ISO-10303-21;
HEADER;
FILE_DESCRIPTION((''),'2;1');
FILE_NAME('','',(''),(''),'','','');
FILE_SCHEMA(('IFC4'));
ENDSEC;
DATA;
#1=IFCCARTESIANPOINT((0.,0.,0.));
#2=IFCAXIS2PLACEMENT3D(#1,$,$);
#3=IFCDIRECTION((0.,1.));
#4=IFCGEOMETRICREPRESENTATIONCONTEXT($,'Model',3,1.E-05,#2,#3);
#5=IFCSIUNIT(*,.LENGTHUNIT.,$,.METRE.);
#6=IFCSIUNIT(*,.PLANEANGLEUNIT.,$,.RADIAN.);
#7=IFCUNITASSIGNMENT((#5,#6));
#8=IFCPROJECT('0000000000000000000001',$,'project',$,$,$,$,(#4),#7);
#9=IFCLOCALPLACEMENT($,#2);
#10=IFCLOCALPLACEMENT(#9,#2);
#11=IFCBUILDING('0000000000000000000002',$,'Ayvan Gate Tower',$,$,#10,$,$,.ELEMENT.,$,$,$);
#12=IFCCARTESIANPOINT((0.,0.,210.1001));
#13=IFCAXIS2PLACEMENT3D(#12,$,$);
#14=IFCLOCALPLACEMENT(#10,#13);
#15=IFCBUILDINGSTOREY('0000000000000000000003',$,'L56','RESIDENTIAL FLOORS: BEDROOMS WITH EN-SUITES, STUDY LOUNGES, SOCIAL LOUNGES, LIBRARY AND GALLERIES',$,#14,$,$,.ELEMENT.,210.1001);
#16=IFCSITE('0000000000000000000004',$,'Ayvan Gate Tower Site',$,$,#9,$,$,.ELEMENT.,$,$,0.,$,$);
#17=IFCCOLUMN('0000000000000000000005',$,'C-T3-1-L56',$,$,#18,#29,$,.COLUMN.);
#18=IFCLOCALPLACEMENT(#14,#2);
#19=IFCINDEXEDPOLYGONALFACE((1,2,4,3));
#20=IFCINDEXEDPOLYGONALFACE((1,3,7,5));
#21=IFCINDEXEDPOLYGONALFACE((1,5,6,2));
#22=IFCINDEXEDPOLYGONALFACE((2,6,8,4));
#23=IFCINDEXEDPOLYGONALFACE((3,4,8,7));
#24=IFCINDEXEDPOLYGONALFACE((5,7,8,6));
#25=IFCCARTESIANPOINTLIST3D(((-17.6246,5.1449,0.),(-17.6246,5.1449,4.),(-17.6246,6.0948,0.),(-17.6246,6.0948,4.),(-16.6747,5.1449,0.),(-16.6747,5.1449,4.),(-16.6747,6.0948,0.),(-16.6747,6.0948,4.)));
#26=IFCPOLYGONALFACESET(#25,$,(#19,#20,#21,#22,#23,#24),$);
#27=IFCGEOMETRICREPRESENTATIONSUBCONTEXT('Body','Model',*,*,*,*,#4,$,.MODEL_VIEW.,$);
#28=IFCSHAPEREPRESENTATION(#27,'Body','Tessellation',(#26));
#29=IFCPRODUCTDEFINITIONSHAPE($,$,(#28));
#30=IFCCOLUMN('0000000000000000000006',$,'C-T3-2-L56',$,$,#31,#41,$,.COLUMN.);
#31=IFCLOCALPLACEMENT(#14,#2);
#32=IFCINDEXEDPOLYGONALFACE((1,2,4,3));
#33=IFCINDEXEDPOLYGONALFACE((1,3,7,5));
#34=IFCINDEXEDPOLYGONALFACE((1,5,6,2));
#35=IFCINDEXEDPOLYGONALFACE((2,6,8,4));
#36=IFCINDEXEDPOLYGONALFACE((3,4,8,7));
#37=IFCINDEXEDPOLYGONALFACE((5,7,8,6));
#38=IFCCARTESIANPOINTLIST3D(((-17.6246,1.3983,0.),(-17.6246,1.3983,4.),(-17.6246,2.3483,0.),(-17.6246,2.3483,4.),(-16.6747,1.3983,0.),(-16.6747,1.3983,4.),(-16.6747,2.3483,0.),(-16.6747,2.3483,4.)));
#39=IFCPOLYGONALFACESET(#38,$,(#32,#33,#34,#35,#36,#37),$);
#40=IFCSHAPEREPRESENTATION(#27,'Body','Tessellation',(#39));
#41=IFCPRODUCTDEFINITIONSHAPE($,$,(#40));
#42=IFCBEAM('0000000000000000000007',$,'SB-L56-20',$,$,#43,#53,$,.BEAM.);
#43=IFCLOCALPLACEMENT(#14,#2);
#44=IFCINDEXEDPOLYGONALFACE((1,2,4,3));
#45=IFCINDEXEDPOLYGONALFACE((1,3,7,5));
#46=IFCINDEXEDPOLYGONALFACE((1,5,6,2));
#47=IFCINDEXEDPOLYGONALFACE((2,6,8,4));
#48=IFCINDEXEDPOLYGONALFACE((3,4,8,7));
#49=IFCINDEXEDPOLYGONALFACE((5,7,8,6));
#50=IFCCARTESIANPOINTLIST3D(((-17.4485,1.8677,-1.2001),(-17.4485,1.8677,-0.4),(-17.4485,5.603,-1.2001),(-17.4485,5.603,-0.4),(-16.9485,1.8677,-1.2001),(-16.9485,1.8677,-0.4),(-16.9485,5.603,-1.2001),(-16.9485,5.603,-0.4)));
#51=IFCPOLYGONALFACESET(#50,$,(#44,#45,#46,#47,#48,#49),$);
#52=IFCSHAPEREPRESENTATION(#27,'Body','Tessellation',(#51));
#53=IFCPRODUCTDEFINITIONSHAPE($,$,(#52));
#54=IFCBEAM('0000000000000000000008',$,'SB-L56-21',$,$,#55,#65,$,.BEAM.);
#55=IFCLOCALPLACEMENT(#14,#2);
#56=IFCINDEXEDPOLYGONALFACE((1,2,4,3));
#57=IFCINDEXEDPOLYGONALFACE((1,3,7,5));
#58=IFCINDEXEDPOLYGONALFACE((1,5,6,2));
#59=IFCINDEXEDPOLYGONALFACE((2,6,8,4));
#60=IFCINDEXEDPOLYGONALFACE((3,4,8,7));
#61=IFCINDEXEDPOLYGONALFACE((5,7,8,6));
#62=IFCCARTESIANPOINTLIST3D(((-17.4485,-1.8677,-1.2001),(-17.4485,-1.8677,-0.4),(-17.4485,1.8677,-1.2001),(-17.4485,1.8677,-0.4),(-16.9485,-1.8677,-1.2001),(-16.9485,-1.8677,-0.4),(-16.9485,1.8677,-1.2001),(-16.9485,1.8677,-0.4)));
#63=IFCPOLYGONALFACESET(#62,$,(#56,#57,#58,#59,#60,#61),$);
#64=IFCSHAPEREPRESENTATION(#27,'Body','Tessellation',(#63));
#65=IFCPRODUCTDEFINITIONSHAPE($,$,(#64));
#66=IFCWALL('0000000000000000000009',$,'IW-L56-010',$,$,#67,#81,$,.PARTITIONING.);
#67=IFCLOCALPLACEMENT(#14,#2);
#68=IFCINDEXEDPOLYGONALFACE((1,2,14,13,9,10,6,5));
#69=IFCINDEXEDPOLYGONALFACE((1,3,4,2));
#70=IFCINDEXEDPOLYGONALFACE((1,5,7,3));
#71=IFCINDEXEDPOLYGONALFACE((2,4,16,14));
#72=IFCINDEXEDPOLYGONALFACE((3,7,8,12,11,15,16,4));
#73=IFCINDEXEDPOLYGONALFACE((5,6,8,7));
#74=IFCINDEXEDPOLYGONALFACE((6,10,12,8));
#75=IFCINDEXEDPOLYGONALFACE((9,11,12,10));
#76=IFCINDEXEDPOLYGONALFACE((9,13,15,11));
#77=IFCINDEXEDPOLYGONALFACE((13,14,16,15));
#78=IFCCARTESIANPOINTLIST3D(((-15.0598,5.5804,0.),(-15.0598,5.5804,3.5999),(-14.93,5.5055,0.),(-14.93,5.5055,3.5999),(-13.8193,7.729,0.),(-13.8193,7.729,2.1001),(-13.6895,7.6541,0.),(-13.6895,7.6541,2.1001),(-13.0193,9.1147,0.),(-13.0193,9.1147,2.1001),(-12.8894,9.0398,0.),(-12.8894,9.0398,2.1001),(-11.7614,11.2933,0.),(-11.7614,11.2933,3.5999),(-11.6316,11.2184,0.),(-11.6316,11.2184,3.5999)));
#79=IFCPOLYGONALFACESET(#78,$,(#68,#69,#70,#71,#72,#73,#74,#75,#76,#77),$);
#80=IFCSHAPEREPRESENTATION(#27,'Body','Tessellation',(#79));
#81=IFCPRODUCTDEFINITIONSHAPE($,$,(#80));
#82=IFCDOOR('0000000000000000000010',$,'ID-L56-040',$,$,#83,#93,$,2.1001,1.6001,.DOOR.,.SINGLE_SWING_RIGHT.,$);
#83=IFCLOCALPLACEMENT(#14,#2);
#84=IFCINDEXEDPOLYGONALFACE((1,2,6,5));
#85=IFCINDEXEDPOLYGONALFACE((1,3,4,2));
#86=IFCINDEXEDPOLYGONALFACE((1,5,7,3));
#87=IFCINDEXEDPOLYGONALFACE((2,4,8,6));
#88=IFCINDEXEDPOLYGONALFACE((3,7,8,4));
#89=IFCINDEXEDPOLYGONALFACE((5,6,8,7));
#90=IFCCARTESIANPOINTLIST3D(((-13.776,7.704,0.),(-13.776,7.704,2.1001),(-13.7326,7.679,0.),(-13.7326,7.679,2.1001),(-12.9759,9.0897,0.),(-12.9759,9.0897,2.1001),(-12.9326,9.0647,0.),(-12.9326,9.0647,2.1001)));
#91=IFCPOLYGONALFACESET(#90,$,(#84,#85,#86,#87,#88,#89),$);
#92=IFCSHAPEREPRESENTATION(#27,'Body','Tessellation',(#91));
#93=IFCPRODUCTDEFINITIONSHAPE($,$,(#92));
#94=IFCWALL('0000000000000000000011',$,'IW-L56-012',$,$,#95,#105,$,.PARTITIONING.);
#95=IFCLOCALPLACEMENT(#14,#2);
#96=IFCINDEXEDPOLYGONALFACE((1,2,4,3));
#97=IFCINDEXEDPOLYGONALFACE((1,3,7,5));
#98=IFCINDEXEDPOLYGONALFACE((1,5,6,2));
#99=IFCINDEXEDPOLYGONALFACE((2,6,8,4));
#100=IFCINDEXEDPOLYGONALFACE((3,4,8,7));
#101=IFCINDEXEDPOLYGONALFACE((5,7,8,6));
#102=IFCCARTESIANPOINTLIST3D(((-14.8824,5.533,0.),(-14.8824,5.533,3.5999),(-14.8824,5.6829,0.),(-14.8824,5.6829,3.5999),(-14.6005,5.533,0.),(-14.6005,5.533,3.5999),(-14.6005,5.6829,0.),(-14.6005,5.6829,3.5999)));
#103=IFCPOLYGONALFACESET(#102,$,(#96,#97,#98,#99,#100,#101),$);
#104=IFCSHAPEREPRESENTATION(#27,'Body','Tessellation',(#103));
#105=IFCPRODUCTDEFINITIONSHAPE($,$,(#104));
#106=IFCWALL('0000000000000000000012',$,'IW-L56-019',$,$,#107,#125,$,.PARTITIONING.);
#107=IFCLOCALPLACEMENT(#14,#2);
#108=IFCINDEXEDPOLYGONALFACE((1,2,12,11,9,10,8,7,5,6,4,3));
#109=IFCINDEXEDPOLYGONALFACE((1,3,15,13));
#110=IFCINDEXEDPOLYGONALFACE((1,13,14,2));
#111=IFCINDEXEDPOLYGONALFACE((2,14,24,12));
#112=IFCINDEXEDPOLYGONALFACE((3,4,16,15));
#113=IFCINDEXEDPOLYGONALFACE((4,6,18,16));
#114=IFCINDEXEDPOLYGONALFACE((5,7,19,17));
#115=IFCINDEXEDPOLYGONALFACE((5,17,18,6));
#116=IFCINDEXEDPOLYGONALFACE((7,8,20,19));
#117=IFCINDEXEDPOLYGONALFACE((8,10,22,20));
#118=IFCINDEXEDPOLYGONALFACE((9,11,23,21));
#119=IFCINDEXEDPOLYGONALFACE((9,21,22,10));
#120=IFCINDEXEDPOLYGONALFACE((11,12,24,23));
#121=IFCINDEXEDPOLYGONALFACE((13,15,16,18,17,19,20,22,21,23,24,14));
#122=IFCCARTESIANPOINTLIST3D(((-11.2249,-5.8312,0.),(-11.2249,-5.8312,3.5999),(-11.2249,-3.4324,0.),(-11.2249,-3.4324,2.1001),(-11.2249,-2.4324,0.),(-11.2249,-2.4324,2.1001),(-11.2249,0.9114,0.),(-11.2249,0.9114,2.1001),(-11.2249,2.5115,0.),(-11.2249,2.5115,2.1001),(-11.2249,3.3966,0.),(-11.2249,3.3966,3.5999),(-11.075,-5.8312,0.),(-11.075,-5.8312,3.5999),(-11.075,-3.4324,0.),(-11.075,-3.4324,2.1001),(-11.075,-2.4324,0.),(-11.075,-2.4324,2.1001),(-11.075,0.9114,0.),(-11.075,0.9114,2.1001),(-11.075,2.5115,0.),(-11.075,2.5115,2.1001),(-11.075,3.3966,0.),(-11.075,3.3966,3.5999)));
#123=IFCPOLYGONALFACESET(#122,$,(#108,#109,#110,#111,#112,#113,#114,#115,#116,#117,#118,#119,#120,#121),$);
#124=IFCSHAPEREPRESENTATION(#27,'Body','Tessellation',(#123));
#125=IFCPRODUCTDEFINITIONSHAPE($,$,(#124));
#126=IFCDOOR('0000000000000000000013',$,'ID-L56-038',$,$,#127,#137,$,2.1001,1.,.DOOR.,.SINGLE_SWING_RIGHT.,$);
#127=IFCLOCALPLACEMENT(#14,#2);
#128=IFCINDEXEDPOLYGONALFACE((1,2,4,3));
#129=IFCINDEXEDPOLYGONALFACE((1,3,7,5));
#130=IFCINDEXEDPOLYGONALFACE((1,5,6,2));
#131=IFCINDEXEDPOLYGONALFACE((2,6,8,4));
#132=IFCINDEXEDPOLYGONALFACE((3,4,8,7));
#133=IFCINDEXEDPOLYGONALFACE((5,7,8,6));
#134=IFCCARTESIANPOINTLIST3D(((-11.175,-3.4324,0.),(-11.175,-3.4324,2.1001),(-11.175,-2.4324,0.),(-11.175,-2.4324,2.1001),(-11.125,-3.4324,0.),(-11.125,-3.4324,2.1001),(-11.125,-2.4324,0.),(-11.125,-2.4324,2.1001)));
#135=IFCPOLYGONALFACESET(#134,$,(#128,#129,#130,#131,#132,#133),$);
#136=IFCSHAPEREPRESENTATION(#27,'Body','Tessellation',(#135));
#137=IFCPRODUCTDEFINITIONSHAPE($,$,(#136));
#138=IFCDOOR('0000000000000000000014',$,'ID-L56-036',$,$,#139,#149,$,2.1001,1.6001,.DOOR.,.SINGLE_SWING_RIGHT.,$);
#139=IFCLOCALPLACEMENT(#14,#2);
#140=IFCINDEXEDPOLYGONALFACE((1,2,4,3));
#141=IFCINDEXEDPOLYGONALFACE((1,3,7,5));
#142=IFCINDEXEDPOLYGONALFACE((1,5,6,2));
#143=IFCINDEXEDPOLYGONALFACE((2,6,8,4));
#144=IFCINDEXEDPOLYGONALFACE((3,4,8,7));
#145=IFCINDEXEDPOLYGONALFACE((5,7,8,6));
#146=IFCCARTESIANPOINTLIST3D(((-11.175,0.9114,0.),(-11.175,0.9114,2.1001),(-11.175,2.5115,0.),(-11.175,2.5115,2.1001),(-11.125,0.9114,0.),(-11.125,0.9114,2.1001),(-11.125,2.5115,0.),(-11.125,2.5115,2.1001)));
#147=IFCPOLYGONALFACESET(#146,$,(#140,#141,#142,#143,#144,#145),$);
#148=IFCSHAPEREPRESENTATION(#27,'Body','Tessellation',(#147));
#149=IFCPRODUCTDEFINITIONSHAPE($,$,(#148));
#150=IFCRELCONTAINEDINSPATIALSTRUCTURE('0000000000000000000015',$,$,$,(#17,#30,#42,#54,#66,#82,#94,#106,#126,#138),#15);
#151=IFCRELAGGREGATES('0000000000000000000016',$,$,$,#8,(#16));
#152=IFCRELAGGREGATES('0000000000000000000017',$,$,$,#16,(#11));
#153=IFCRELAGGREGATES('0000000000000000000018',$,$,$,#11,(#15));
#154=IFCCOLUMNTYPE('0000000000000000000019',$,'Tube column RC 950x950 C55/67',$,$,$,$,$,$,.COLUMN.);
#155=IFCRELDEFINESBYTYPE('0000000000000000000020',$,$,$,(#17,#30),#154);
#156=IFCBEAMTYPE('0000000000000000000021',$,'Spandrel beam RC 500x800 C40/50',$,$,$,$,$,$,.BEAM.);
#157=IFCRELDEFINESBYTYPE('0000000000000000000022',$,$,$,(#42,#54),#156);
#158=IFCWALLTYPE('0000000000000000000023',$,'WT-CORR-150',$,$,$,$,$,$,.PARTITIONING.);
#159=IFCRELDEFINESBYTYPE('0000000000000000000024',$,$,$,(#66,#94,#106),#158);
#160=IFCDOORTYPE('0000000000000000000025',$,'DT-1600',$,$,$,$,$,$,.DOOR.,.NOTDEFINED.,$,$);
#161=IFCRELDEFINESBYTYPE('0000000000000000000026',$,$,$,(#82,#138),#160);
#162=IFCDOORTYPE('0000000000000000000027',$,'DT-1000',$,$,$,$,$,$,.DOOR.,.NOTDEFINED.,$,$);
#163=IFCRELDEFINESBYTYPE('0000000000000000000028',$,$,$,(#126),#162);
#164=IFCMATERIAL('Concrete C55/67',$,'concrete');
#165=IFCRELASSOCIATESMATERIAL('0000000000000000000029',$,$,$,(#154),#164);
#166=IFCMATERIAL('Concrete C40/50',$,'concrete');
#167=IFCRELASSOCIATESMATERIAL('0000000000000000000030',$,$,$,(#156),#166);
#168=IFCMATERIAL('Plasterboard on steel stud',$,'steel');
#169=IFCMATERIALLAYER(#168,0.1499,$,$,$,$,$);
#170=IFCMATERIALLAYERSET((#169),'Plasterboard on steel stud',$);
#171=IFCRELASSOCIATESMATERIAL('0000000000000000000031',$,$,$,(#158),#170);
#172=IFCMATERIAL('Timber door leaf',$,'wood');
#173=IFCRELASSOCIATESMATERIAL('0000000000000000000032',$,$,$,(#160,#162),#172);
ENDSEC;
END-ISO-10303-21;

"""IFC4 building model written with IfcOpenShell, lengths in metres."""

from ifc_helpers import new_model, si_unit, direction, frame, frame_2d, origin, origin_2d, place, context, subcontext, project, spatial, rectangle, extrude, material, layer, layer_set, material_profile, profile_set, type_object, element, fill, save


model = new_model("IFC4")

# Units and contexts
model_context = context("Model", 3, precision=1e-05, world=origin(), true_north=direction((0.0, 1.0)))
body_context = subcontext(model_context, "Body", "Model", "MODEL_VIEW")
ifc_project = project(units=[si_unit("LENGTHUNIT", "METRE"), si_unit("PLANEANGLEUNIT", "RADIAN")], contexts=[model_context])

# Site, building, storey
site_placement = place(None, origin())
site = spatial("IfcSite", under=ifc_project, at=site_placement, Name="Ayvan Gate Tower Site", CompositionType="ELEMENT", RefElevation=0.0)
building_placement = place(site_placement, origin())
building = spatial("IfcBuilding", under=site, at=building_placement, Name="Ayvan Gate Tower", CompositionType="ELEMENT")
storey_placement = place(building_placement, frame((0.0, 0.0, 210.1001)))
storey = spatial("IfcBuildingStorey", under=building, at=storey_placement, Name="L56", Description="RESIDENTIAL FLOORS: BEDROOMS WITH EN-SUITES, STUDY LOUNGES, SOCIAL LOUNGES, LIBRARY AND GALLERIES", CompositionType="ELEMENT", Elevation=210.1001)

# Columns
ifc_material_1 = material(Name="Concrete C55/67", Category="concrete")
ifc_material_profile_1 = material_profile(ifc_material_1, rectangle(XDim=0.95, YDim=0.95, at=origin_2d()), Name="RC 950x950")
ifc_profile_set_1 = profile_set([ifc_material_profile_1], Name="Concrete C55/67")
column_type = type_object("IfcColumnType", Name="Tube column RC 950x950 C55/67", PredefinedType="COLUMN", material=ifc_profile_set_1)
for number, where, z_axis, x_axis, name in (
    (1, (-17.1497, 5.6199, 0.0), (0.0, 0.0, 1.0), (-1.0, 0.0, 0.0), "C-T3-1-L56"),
    (2, (-17.1497, 1.8733, 0.0), (0.0, 0.0, 1.0), (-1.0, 0.0, 0.0), "C-T3-2-L56"),
):
    element("IfcColumn", number, at=place(storey_placement, frame(where, z_axis=z_axis, x_axis=x_axis)), inside=storey, type_object=column_type, Name=name, PredefinedType="COLUMN", context=body_context, shape_type="SweptSolid", body=[
        extrude(rectangle(XDim=0.95, YDim=0.95, at=origin_2d()), origin(), (0.0, 0.0, 1.0), 4.0),
    ])

# Beams
ifc_material_2 = material(Name="Concrete C40/50", Category="concrete")
ifc_material_profile_2 = material_profile(ifc_material_2, rectangle(XDim=0.5, YDim=0.8, at=origin_2d()), Name="RC 500x800")
ifc_profile_set_2 = profile_set([ifc_material_profile_2], Name="Concrete C40/50")
beam_type = type_object("IfcBeamType", Name="Spandrel beam RC 500x800 C40/50", PredefinedType="BEAM", material=ifc_profile_set_2)
for number, where, z_axis, x_axis, name in (
    (3, (-17.1985, 5.603, -0.8), (0.0, -1.0, 0.0), (1.0, 0.0, 0.0), "SB-L56-20"),
    (4, (-17.1985, 1.8677, -0.8), (0.0, -1.0, 0.0), (1.0, 0.0, 0.0), "SB-L56-21"),
):
    element("IfcBeam", number, at=place(storey_placement, frame(where, z_axis=z_axis, x_axis=x_axis)), inside=storey, type_object=beam_type, Name=name, PredefinedType="BEAM", context=body_context, shape_type="SweptSolid", body=[
        extrude(rectangle(XDim=0.5, YDim=0.8, at=origin_2d()), origin(), (0.0, 0.0, 1.0), 3.7354),
    ])

# Wall, opening, door
ifc_material_3 = material(Name="Plasterboard on steel stud", Category="steel")
ifc_layer = layer(ifc_material_3, 0.1499)
ifc_layer_set = layer_set([ifc_layer], Name="Plasterboard on steel stud")
wall_type = type_object("IfcWallType", Name="WT-CORR-150", PredefinedType="PARTITIONING", material=ifc_layer_set)
wall_1_placement = place(storey_placement, frame((-14.9949, 5.543, 0.0), z_axis=(0.0, 0.0, 1.0), x_axis=(0.5, 0.866025, 0.0)))
wall_1 = element("IfcWall", 5, at=wall_1_placement, inside=storey, type_object=wall_type, Name="IW-L56-010", PredefinedType="PARTITIONING", context=body_context, shape_type="SweptSolid", body=[
    extrude(rectangle(XDim=6.5967, YDim=0.1499, at=frame_2d((3.2983, 0.0))), origin(), (0.0, 0.0, 1.0), 3.5999),
])
opening_1_placement = place(wall_1_placement, frame((2.481, 0.0, 0.0)))
opening_1 = element("IfcOpeningElement", 6, at=opening_1_placement, cuts=wall_1, PredefinedType="OPENING", context=body_context, shape_type="SweptSolid", body=[
    extrude(rectangle(XDim=1.6001, YDim=2.1001, at=frame_2d((0.8, 1.05))), frame((0.0, 0.085, 0.0), z_axis=(0.0, -1.0, 0.0), x_axis=(1.0, 0.0, 0.0)), (0.0, 0.0, 1.0), 0.1699),
])
ifc_material_4 = material(Name="Timber door leaf", Category="wood")
door_type_1 = type_object("IfcDoorType", Name="DT-1600", OperationType="NOTDEFINED", PredefinedType="DOOR", material=ifc_material_4)
door_1_placement = place(opening_1_placement, origin())
door_1 = element("IfcDoor", 7, at=door_1_placement, inside=storey, type_object=door_type_1, Name="ID-L56-040", OperationType="SINGLE_SWING_RIGHT", OverallHeight=2.1001, OverallWidth=1.6001, PredefinedType="DOOR", context=body_context, shape_type="SweptSolid", body=[
    extrude(rectangle(XDim=1.6001, YDim=2.1001, at=frame_2d((0.8, 1.05))), frame((0.0, 0.0249, 0.0), z_axis=(0.0, -1.0, 0.0), x_axis=(1.0, 0.0, 0.0)), (0.0, 0.0, 1.0), 0.05),
])
fill(opening_1, door_1)

# Wall
wall_2_placement = place(storey_placement, frame((-14.6003, 5.6079, 0.0), z_axis=(0.0, 0.0, 1.0), x_axis=(-1.0, 0.0, 0.0)))
element("IfcWall", 8, at=wall_2_placement, inside=storey, type_object=wall_type, Name="IW-L56-012", PredefinedType="PARTITIONING", context=body_context, shape_type="SweptSolid", body=[
    extrude(rectangle(XDim=0.282, YDim=0.1499, at=frame_2d((0.1411, 0.0))), origin(), (0.0, 0.0, 1.0), 3.5999),
])

# Wall, openings, doors
wall_3_placement = place(storey_placement, frame((-11.1499, 3.3965, 0.0), z_axis=(0.0, 0.0, 1.0), x_axis=(0.0, -1.0, 0.0)))
wall_3 = element("IfcWall", 9, at=wall_3_placement, inside=storey, type_object=wall_type, Name="IW-L56-019", PredefinedType="PARTITIONING", context=body_context, shape_type="SweptSolid", body=[
    extrude(rectangle(XDim=9.2278, YDim=0.1499, at=frame_2d((4.6138, 0.0))), origin(), (0.0, 0.0, 1.0), 3.5999),
])
opening_2_placement = place(wall_3_placement, frame((0.885, 0.0, 0.0)))
opening_2 = element("IfcOpeningElement", 10, at=opening_2_placement, cuts=wall_3, PredefinedType="OPENING", context=body_context, shape_type="SweptSolid", body=[
    extrude(rectangle(XDim=1.6001, YDim=2.1001, at=frame_2d((0.8, 1.05))), frame((0.0, 0.085, 0.0), z_axis=(0.0, -1.0, 0.0), x_axis=(1.0, 0.0, 0.0)), (0.0, 0.0, 1.0), 0.1699),
])
opening_3_placement = place(wall_3_placement, frame((5.8289, 0.0, 0.0)))
opening_3 = element("IfcOpeningElement", 11, at=opening_3_placement, cuts=wall_3, PredefinedType="OPENING", context=body_context, shape_type="SweptSolid", body=[
    extrude(rectangle(XDim=1.0, YDim=2.1001, at=frame_2d((0.5, 1.05))), frame((0.0, 0.085, 0.0), z_axis=(0.0, -1.0, 0.0), x_axis=(1.0, 0.0, 0.0)), (0.0, 0.0, 1.0), 0.1699),
])
door_type_2 = type_object("IfcDoorType", Name="DT-1000", OperationType="NOTDEFINED", PredefinedType="DOOR", material=ifc_material_4)
door_2_placement = place(opening_3_placement, origin())
door_2 = element("IfcDoor", 12, at=door_2_placement, inside=storey, type_object=door_type_2, Name="ID-L56-038", OperationType="SINGLE_SWING_RIGHT", OverallHeight=2.1001, OverallWidth=1.0, PredefinedType="DOOR", context=body_context, shape_type="SweptSolid", body=[
    extrude(rectangle(XDim=1.0, YDim=2.1001, at=frame_2d((0.5, 1.05))), frame((0.0, 0.0249, 0.0), z_axis=(0.0, -1.0, 0.0), x_axis=(1.0, 0.0, 0.0)), (0.0, 0.0, 1.0), 0.05),
])
fill(opening_3, door_2)
door_3_placement = place(opening_2_placement, origin())
door_3 = element("IfcDoor", 13, at=door_3_placement, inside=storey, type_object=door_type_1, Name="ID-L56-036", OperationType="SINGLE_SWING_RIGHT", OverallHeight=2.1001, OverallWidth=1.6001, PredefinedType="DOOR", context=body_context, shape_type="SweptSolid", body=[
    extrude(rectangle(XDim=1.6001, YDim=2.1001, at=frame_2d((0.8, 1.05))), frame((0.0, 0.0249, 0.0), z_axis=(0.0, -1.0, 0.0), x_axis=(1.0, 0.0, 0.0)), (0.0, 0.0, 1.0), 0.05),
])
fill(opening_2, door_3)

save(model, "model.ifc")
